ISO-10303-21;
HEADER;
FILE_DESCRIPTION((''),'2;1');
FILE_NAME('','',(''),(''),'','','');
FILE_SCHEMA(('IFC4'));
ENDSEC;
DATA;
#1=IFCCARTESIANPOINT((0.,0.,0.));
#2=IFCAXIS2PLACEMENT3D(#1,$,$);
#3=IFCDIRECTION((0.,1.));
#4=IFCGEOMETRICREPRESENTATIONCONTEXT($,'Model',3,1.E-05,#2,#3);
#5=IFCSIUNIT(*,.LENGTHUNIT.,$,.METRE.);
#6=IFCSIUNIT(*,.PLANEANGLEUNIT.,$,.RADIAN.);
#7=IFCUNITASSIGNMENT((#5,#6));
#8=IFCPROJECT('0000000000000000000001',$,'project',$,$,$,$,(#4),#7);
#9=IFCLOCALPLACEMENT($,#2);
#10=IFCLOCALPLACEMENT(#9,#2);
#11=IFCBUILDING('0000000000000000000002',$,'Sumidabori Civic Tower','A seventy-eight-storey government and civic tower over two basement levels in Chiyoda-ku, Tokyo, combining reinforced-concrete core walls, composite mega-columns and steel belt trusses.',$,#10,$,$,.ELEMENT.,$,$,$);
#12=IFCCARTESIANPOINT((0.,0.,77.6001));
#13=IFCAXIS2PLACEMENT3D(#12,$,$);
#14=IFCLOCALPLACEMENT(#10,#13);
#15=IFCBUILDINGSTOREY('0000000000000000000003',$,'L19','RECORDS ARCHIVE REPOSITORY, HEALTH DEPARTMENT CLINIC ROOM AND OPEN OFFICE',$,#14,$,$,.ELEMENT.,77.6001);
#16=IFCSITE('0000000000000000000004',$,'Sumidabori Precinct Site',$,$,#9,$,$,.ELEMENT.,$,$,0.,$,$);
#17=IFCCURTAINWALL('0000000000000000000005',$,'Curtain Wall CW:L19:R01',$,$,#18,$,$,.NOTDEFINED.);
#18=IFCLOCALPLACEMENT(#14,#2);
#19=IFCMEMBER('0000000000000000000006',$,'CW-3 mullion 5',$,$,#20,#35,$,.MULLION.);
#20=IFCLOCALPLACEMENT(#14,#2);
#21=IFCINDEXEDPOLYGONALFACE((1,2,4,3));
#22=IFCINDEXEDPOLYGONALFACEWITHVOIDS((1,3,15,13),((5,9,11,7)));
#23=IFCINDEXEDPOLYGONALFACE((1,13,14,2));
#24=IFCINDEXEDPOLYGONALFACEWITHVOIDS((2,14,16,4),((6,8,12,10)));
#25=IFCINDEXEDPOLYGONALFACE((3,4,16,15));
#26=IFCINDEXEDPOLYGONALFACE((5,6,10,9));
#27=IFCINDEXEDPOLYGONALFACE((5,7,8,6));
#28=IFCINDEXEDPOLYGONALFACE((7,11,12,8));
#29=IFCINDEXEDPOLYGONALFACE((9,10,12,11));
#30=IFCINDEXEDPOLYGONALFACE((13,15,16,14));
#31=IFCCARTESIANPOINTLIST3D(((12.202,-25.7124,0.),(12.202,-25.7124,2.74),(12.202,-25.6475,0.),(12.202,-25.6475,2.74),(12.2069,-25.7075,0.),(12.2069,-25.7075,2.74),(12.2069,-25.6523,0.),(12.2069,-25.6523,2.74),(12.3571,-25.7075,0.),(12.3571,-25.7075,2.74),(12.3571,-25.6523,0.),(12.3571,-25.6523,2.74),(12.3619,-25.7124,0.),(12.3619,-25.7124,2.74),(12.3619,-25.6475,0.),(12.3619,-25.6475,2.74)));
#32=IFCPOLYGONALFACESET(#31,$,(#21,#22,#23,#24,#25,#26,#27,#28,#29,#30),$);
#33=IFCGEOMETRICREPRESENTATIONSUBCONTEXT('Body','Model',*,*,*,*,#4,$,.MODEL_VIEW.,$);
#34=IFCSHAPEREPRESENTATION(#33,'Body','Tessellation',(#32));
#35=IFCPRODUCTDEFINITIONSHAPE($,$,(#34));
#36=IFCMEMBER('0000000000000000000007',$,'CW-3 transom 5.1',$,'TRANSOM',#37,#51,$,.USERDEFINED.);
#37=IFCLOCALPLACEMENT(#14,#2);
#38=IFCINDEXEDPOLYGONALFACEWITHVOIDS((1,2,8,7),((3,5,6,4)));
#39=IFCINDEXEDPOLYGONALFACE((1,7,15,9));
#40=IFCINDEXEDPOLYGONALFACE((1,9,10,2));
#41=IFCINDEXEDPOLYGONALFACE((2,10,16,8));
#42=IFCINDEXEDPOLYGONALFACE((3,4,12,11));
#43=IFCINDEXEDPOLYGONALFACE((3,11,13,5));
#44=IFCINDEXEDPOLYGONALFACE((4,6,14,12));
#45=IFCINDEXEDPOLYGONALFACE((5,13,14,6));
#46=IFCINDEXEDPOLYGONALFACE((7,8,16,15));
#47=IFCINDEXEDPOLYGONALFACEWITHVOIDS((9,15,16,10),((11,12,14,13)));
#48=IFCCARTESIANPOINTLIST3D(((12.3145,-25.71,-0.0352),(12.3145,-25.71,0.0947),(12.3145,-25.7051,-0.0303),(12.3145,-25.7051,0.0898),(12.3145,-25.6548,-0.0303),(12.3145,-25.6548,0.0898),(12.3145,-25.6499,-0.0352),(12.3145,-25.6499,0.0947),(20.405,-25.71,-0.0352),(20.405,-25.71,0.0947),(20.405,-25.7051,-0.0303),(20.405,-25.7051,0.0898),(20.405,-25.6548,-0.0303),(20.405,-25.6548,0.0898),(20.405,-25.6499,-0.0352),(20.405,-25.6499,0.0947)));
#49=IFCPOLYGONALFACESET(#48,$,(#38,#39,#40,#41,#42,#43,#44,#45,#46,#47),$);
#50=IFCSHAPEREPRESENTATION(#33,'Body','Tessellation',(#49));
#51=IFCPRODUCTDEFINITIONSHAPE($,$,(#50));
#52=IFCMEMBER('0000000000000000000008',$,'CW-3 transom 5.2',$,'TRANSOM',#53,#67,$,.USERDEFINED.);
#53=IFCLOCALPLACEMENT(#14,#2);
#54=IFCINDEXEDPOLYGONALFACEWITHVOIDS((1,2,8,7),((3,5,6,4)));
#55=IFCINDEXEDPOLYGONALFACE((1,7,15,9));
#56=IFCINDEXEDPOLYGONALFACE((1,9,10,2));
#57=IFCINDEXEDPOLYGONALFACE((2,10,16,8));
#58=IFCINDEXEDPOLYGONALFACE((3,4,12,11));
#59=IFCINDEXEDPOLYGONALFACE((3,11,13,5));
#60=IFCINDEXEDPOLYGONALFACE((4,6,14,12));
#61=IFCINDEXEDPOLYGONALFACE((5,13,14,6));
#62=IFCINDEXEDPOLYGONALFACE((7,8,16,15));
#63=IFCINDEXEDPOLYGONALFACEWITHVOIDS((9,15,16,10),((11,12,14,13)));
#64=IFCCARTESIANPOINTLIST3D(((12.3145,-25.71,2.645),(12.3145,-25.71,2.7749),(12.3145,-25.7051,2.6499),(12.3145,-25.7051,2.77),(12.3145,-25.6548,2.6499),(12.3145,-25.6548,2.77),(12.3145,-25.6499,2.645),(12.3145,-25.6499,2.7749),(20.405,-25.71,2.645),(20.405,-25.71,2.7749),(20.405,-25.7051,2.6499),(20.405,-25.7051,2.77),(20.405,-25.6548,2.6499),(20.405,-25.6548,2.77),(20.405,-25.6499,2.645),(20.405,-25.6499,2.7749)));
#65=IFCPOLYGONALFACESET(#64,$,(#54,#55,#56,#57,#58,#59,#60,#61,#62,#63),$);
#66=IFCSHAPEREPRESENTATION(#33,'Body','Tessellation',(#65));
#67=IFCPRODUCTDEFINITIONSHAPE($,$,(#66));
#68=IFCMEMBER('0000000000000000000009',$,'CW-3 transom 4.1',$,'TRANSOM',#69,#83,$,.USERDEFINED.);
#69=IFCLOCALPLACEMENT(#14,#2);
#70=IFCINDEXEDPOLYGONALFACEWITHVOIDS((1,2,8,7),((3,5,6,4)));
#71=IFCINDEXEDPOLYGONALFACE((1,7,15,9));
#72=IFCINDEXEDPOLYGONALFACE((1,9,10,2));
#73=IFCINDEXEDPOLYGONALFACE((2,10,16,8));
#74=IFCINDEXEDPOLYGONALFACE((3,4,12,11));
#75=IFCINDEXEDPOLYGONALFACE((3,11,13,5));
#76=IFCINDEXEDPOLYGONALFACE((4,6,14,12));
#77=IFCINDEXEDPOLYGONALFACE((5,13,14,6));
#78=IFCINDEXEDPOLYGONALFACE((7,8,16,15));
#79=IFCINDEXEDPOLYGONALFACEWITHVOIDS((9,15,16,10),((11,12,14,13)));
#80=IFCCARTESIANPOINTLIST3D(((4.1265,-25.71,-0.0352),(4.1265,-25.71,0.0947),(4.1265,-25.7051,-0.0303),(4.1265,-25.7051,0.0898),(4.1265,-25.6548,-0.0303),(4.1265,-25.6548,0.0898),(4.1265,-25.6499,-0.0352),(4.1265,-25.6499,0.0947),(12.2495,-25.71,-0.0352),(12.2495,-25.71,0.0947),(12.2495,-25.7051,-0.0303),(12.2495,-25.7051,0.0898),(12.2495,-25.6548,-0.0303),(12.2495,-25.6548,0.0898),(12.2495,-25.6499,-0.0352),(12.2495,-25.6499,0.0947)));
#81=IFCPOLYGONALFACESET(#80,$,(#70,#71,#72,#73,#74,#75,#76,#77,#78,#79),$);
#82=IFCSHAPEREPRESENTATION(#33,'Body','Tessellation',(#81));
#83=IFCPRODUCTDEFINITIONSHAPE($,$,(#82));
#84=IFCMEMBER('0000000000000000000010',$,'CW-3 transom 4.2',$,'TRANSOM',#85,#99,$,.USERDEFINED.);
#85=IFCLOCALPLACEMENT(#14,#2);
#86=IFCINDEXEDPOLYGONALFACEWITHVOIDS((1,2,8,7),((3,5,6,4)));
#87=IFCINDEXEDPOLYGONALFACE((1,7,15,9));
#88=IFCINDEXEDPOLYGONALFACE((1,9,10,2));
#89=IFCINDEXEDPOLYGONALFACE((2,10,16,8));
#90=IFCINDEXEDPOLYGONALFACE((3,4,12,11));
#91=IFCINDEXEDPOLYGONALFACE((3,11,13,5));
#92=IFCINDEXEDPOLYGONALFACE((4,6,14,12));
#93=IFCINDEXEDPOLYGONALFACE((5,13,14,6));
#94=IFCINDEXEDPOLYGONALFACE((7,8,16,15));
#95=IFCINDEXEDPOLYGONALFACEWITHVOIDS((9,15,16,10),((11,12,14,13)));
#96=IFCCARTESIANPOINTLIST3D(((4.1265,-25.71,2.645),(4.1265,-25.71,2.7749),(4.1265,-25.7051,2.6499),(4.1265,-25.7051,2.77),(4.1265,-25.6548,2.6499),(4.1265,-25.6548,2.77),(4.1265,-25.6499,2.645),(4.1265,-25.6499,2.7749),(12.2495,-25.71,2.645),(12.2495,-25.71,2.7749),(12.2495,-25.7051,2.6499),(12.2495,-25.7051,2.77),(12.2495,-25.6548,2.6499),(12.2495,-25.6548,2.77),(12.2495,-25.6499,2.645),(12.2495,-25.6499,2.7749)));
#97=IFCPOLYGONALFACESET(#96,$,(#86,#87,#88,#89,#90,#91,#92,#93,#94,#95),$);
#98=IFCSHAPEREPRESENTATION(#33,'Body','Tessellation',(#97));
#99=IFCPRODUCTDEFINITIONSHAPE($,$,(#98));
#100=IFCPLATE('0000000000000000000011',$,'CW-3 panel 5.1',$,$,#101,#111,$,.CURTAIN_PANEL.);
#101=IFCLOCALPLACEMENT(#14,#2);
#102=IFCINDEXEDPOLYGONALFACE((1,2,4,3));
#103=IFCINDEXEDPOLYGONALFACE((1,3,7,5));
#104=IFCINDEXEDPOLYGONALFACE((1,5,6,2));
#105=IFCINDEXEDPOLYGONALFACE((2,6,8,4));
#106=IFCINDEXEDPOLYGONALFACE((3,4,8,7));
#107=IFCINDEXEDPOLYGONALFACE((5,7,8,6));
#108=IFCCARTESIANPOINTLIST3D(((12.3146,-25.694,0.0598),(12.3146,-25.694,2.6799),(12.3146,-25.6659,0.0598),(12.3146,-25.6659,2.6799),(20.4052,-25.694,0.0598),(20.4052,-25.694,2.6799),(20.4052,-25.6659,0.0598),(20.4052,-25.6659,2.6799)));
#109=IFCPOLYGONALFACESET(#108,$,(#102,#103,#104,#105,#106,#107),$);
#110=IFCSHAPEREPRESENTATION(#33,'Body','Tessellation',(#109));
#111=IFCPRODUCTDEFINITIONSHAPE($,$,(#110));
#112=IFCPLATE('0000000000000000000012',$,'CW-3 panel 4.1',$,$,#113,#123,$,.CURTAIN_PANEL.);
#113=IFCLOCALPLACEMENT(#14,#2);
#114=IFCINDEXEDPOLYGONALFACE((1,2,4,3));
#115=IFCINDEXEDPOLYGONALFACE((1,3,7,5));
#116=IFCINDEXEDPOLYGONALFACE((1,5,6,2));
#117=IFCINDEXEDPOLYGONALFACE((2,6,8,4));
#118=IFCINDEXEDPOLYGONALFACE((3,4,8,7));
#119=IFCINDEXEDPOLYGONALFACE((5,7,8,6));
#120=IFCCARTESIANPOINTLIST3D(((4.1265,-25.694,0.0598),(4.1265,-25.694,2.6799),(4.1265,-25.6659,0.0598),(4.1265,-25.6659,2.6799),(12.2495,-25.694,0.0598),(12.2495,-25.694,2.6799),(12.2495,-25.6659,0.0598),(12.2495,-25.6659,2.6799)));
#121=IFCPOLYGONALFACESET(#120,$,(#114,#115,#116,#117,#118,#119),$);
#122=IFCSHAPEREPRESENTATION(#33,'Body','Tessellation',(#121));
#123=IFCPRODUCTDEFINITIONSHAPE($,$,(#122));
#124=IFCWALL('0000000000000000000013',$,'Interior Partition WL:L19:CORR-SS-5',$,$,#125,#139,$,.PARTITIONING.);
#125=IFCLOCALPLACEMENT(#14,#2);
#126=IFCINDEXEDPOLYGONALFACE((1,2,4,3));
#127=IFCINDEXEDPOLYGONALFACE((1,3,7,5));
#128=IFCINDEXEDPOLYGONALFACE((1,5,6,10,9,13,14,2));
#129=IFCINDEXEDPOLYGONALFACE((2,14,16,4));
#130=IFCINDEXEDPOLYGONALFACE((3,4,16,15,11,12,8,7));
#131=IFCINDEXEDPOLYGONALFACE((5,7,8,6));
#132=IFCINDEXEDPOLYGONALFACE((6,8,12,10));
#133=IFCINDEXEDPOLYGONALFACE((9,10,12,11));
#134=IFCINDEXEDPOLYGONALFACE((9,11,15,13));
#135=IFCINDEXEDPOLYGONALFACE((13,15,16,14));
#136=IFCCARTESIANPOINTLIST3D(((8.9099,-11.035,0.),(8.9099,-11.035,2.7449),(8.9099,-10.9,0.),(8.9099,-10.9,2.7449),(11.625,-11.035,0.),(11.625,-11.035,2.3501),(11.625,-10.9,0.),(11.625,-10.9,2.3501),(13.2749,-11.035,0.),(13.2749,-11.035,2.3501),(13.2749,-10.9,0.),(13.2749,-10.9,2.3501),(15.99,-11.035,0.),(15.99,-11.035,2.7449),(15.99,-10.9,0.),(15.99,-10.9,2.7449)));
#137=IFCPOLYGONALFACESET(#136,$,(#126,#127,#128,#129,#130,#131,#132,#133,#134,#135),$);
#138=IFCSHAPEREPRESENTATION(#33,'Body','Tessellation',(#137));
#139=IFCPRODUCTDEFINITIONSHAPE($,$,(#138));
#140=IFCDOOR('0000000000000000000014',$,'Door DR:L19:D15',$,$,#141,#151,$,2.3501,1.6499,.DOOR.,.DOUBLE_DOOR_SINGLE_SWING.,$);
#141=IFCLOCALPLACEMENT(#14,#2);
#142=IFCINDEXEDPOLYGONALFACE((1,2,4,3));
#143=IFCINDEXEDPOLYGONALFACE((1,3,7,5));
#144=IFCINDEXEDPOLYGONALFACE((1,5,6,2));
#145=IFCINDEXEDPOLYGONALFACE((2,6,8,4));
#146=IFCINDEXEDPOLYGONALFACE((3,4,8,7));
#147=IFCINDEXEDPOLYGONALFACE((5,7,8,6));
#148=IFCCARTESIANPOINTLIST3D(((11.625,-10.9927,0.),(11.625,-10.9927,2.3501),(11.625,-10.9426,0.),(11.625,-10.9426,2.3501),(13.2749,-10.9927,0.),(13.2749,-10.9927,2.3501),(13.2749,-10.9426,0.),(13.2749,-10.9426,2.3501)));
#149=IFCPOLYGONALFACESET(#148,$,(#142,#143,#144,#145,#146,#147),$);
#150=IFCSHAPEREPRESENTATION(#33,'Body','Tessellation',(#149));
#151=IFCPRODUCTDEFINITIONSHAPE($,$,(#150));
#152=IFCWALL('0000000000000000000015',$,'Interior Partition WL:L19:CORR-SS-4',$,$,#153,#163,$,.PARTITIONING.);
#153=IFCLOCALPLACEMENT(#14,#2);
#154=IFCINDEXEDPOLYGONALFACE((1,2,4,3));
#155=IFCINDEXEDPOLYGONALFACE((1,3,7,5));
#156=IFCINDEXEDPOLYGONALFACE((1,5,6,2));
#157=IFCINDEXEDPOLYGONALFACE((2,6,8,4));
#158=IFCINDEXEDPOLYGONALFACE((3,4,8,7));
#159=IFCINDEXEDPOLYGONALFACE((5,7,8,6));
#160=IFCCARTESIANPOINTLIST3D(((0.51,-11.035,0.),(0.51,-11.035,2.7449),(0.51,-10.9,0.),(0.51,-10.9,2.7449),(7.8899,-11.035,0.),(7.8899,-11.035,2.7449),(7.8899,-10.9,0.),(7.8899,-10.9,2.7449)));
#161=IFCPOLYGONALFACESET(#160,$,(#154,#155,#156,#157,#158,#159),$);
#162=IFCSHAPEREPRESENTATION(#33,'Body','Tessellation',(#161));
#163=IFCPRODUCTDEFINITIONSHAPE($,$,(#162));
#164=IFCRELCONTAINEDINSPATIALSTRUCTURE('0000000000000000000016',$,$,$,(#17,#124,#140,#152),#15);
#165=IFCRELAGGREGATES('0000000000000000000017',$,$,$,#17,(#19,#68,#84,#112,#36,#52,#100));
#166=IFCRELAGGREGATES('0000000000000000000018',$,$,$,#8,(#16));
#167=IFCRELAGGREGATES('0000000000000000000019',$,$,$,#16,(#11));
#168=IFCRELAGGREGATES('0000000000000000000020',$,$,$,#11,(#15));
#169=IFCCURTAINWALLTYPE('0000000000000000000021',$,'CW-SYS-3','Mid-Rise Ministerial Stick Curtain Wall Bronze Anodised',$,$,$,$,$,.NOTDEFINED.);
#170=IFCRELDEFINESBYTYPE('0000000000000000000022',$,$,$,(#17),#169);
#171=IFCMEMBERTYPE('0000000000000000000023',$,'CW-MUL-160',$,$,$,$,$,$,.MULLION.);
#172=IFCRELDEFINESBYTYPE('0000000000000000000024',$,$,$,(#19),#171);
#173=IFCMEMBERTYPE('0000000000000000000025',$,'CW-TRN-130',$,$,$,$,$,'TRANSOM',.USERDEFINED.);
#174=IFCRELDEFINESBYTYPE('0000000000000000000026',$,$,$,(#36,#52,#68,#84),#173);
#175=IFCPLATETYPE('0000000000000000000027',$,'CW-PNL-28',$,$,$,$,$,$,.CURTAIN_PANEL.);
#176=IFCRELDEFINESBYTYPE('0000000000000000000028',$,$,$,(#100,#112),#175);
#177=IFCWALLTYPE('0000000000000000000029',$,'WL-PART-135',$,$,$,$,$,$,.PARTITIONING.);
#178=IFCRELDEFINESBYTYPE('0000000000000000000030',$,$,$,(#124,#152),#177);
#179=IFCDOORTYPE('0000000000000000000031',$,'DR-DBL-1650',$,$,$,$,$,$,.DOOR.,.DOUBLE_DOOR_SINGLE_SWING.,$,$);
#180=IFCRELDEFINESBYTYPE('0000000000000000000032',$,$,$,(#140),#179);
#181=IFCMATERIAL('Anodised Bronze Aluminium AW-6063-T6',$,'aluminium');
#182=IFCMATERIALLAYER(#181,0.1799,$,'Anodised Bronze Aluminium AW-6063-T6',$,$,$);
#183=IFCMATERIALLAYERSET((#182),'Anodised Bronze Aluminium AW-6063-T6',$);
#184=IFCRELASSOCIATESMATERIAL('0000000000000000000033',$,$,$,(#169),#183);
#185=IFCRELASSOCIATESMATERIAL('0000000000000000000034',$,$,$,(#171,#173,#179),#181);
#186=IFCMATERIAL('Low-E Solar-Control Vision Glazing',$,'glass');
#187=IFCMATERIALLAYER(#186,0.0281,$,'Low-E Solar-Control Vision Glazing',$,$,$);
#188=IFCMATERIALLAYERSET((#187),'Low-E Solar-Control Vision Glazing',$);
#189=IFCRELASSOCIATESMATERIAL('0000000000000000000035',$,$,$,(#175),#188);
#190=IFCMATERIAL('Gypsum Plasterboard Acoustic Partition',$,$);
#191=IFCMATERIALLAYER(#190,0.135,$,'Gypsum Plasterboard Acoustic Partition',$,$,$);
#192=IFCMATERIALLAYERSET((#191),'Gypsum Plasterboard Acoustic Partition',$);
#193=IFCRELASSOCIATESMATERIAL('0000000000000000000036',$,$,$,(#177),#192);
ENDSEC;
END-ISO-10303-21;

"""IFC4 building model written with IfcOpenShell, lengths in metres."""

from ifc_helpers import new_model, si_unit, direction, frame, frame_2d, origin, origin_2d, place, context, subcontext, project, spatial, rectangle, hollow_rectangle, extrude, source, transform, mapped, material, layer, layer_set, material_profile, profile_set, type_object, element, fill, aggregate, save


model = new_model("IFC4")

# Units and contexts
model_context = context("Model", 3, precision=1e-05, world=origin(), true_north=direction((0.0, 1.0)))
body_context = subcontext(model_context, "Body", "Model", "MODEL_VIEW")
ifc_project = project(units=[si_unit("LENGTHUNIT", "METRE"), si_unit("PLANEANGLEUNIT", "RADIAN")], contexts=[model_context])

# Site, building, storey
site_placement = place(None, origin())
site = spatial("IfcSite", under=ifc_project, at=site_placement, Name="Sumidabori Precinct Site", CompositionType="ELEMENT", RefElevation=0.0)
building_placement = place(site_placement, origin())
building = spatial("IfcBuilding", under=site, at=building_placement, Name="Sumidabori Civic Tower", Description="A seventy-eight-storey government and civic tower over two basement levels in Chiyoda-ku, Tokyo, combining reinforced-concrete core walls, composite mega-columns and steel belt trusses.", CompositionType="ELEMENT")
storey_placement = place(building_placement, frame((0.0, 0.0, 77.6001)))
storey = spatial("IfcBuildingStorey", under=building, at=storey_placement, Name="L19", Description="RECORDS ARCHIVE REPOSITORY, HEALTH DEPARTMENT CLINIC ROOM AND OPEN OFFICE", CompositionType="ELEMENT", Elevation=77.6001)

# Curtain wall, members, plates
ifc_material_1 = material(Name="Anodised Bronze Aluminium AW-6063-T6", Category="aluminium")
ifc_layer_1 = layer(ifc_material_1, 0.1799, Name="Anodised Bronze Aluminium AW-6063-T6")
ifc_layer_set_1 = layer_set([ifc_layer_1], Name="Anodised Bronze Aluminium AW-6063-T6")
curtain_wall_type = type_object("IfcCurtainWallType", Name="CW-SYS-3", Description="Mid-Rise Ministerial Stick Curtain Wall Bronze Anodised", PredefinedType="NOTDEFINED", material=ifc_layer_set_1)
curtain_wall_placement = place(storey_placement, origin())
curtain_wall = element("IfcCurtainWall", 1, at=curtain_wall_placement, inside=storey, type_object=curtain_wall_type, Name="Curtain Wall CW:L19:R01", PredefinedType="NOTDEFINED")
ifc_material_profile_1 = material_profile(ifc_material_1, hollow_rectangle(XDim=0.0649, YDim=0.1599, WallThickness=0.0049, at=origin_2d()), Name="ALU MULLION 160x65")
ifc_profile_set_1 = profile_set([ifc_material_profile_1], Name="Anodised Bronze Aluminium AW-6063-T6")
member_type_1 = type_object("IfcMemberType", Name="CW-MUL-160", PredefinedType="MULLION", material=ifc_profile_set_1)
shared_shape_1 = source(origin(), body_context, "Body", "SweptSolid", [
    extrude(hollow_rectangle(XDim=0.0649, YDim=0.1599, WallThickness=0.0049, at=origin_2d()), origin(), (0.0, 0.0, 1.0), 2.74),
])
member_1_placement = place(storey_placement, frame((12.282, -25.6799, 0.0), z_axis=(0.0, 0.0, 1.0), x_axis=(0.0, 1.0, 0.0)))
member_1 = element("IfcMember", 2, at=member_1_placement, type_object=member_type_1, Name="CW-3 mullion 5", PredefinedType="MULLION", context=body_context, shape_type="MappedRepresentation", body=[
    mapped(shared_shape_1, transform((0.0, 0.0, 0.0), x_axis=(1.0, 0.0, 0.0), y_axis=(0.0, 1.0, 0.0), z_axis=(0.0, 0.0, 1.0), scale=1.0)),
])
ifc_material_profile_2 = material_profile(ifc_material_1, hollow_rectangle(XDim=0.0601, YDim=0.1299, WallThickness=0.0049, at=origin_2d()), Name="ALU TRANSOM 130x60")
ifc_profile_set_2 = profile_set([ifc_material_profile_2], Name="Anodised Bronze Aluminium AW-6063-T6")
member_type_2 = type_object("IfcMemberType", Name="CW-TRN-130", ElementType="TRANSOM", PredefinedType="USERDEFINED", material=ifc_profile_set_2)
shared_shape_2 = source(origin(), body_context, "Body", "SweptSolid", [
    extrude(hollow_rectangle(XDim=0.0601, YDim=0.1299, WallThickness=0.0049, at=origin_2d()), origin(), (0.0, 0.0, 1.0), 8.0906),
])
member_2_placement = place(storey_placement, frame((12.3145, -25.6799, 0.0298), z_axis=(1.0, 0.0, 0.0), x_axis=(0.0, 1.0, 0.0)))
member_2 = element("IfcMember", 3, at=member_2_placement, type_object=member_type_2, Name="CW-3 transom 5.1", ObjectType="TRANSOM", PredefinedType="USERDEFINED", context=body_context, shape_type="MappedRepresentation", body=[
    mapped(shared_shape_2, transform((0.0, 0.0, 0.0), x_axis=(1.0, 0.0, 0.0), y_axis=(0.0, 1.0, 0.0), z_axis=(0.0, 0.0, 1.0), scale=1.0)),
])
member_3_placement = place(storey_placement, frame((12.3145, -25.6799, 2.71), z_axis=(1.0, 0.0, 0.0), x_axis=(0.0, 1.0, 0.0)))
member_3 = element("IfcMember", 4, at=member_3_placement, type_object=member_type_2, Name="CW-3 transom 5.2", ObjectType="TRANSOM", PredefinedType="USERDEFINED", context=body_context, shape_type="MappedRepresentation", body=[
    mapped(shared_shape_2, transform((0.0, 0.0, 0.0), x_axis=(1.0, 0.0, 0.0), y_axis=(0.0, 1.0, 0.0), z_axis=(0.0, 0.0, 1.0), scale=1.0)),
])
shared_shape_3 = source(origin(), body_context, "Body", "SweptSolid", [
    extrude(hollow_rectangle(XDim=0.0601, YDim=0.1299, WallThickness=0.0049, at=origin_2d()), origin(), (0.0, 0.0, 1.0), 8.123),
])
member_4_placement = place(storey_placement, frame((4.1265, -25.6799, 0.0298), z_axis=(1.0, 0.0, 0.0), x_axis=(0.0, 1.0, 0.0)))
member_4 = element("IfcMember", 5, at=member_4_placement, type_object=member_type_2, Name="CW-3 transom 4.1", ObjectType="TRANSOM", PredefinedType="USERDEFINED", context=body_context, shape_type="MappedRepresentation", body=[
    mapped(shared_shape_3, transform((0.0, 0.0, 0.0), x_axis=(1.0, 0.0, 0.0), y_axis=(0.0, 1.0, 0.0), z_axis=(0.0, 0.0, 1.0), scale=1.0)),
])
member_5_placement = place(storey_placement, frame((4.1265, -25.6799, 2.71), z_axis=(1.0, 0.0, 0.0), x_axis=(0.0, 1.0, 0.0)))
member_5 = element("IfcMember", 6, at=member_5_placement, type_object=member_type_2, Name="CW-3 transom 4.2", ObjectType="TRANSOM", PredefinedType="USERDEFINED", context=body_context, shape_type="MappedRepresentation", body=[
    mapped(shared_shape_3, transform((0.0, 0.0, 0.0), x_axis=(1.0, 0.0, 0.0), y_axis=(0.0, 1.0, 0.0), z_axis=(0.0, 0.0, 1.0), scale=1.0)),
])
ifc_material_2 = material(Name="Low-E Solar-Control Vision Glazing", Category="glass")
ifc_layer_2 = layer(ifc_material_2, 0.0281, Name="Low-E Solar-Control Vision Glazing")
ifc_layer_set_2 = layer_set([ifc_layer_2], Name="Low-E Solar-Control Vision Glazing")
plate_type = type_object("IfcPlateType", Name="CW-PNL-28", PredefinedType="CURTAIN_PANEL", material=ifc_layer_set_2)
shared_shape_4 = source(origin(), body_context, "Body", "SweptSolid", [
    extrude(rectangle(XDim=8.0906, YDim=0.0281, at=origin_2d()), origin(), (0.0, 0.0, 1.0), 2.6201),
])
plate_1_placement = place(storey_placement, frame((16.3599, -25.6799, 0.0598), z_axis=(0.0, 0.0, 1.0), x_axis=(1.0, 0.0, 0.0)))
plate_1 = element("IfcPlate", 7, at=plate_1_placement, type_object=plate_type, Name="CW-3 panel 5.1", PredefinedType="CURTAIN_PANEL", context=body_context, shape_type="MappedRepresentation", body=[
    mapped(shared_shape_4, transform((0.0, 0.0, 0.0), x_axis=(1.0, 0.0, 0.0), y_axis=(0.0, 1.0, 0.0), z_axis=(0.0, 0.0, 1.0), scale=1.0)),
])
shared_shape_5 = source(origin(), body_context, "Body", "SweptSolid", [
    extrude(rectangle(XDim=8.123, YDim=0.0281, at=origin_2d()), origin(), (0.0, 0.0, 1.0), 2.6201),
])
plate_2_placement = place(storey_placement, frame((8.188, -25.6799, 0.0598), z_axis=(0.0, 0.0, 1.0), x_axis=(1.0, 0.0, 0.0)))
plate_2 = element("IfcPlate", 8, at=plate_2_placement, type_object=plate_type, Name="CW-3 panel 4.1", PredefinedType="CURTAIN_PANEL", context=body_context, shape_type="MappedRepresentation", body=[
    mapped(shared_shape_5, transform((0.0, 0.0, 0.0), x_axis=(1.0, 0.0, 0.0), y_axis=(0.0, 1.0, 0.0), z_axis=(0.0, 0.0, 1.0), scale=1.0)),
])
aggregate(curtain_wall, [member_1, member_4, member_5, plate_2, member_2, member_3, plate_1])

# Wall, opening, door
ifc_material_3 = material(Name="Gypsum Plasterboard Acoustic Partition")
ifc_layer_3 = layer(ifc_material_3, 0.135, Name="Gypsum Plasterboard Acoustic Partition")
ifc_layer_set_3 = layer_set([ifc_layer_3], Name="Gypsum Plasterboard Acoustic Partition")
wall_type = type_object("IfcWallType", Name="WL-PART-135", PredefinedType="PARTITIONING", material=ifc_layer_set_3)
shared_shape_6 = source(origin(), body_context, "Body", "SweptSolid", [
    extrude(rectangle(XDim=7.0801, YDim=0.135, at=frame_2d((3.54, 0.0))), origin(), (0.0, 0.0, 1.0), 2.7449),
])
wall_1_placement = place(storey_placement, frame((8.9099, -10.9675, 0.0), z_axis=(0.0, 0.0, 1.0), x_axis=(1.0, 0.0, 0.0)))
wall_1 = element("IfcWall", 9, at=wall_1_placement, inside=storey, type_object=wall_type, Name="Interior Partition WL:L19:CORR-SS-5", PredefinedType="PARTITIONING", context=body_context, shape_type="MappedRepresentation", body=[
    mapped(shared_shape_6, transform((0.0, 0.0, 0.0), x_axis=(1.0, 0.0, 0.0), y_axis=(0.0, 1.0, 0.0), z_axis=(0.0, 0.0, 1.0), scale=1.0)),
])
opening_placement = place(wall_1_placement, frame((2.7151, 0.0, 0.0)))
opening = element("IfcOpeningElement", 10, at=opening_placement, cuts=wall_1, PredefinedType="OPENING", context=body_context, shape_type="SweptSolid", body=[
    extrude(rectangle(XDim=1.6499, YDim=2.3501, at=frame_2d((0.825, 1.175))), frame((0.0, 0.0796, 0.0), z_axis=(0.0, -1.0, 0.0), x_axis=(1.0, 0.0, 0.0)), (0.0, 0.0, 1.0), 0.1589),
])
door_type = type_object("IfcDoorType", Name="DR-DBL-1650", OperationType="DOUBLE_DOOR_SINGLE_SWING", PredefinedType="DOOR", material=ifc_material_1)
shared_shape_7 = source(origin(), body_context, "Body", "SweptSolid", [
    extrude(rectangle(XDim=1.6499, YDim=2.3501, at=frame_2d((0.825, 1.175))), frame((0.0, 0.0249, 0.0), z_axis=(0.0, -1.0, 0.0), x_axis=(1.0, 0.0, 0.0)), (0.0, 0.0, 1.0), 0.05),
])
door_placement = place(opening_placement, origin())
door = element("IfcDoor", 11, at=door_placement, inside=storey, type_object=door_type, Name="Door DR:L19:D15", OperationType="DOUBLE_DOOR_SINGLE_SWING", OverallHeight=2.3501, OverallWidth=1.6499, PredefinedType="DOOR", context=body_context, shape_type="MappedRepresentation", body=[
    mapped(shared_shape_7, transform((0.0, 0.0, 0.0), x_axis=(1.0, 0.0, 0.0), y_axis=(0.0, 1.0, 0.0), z_axis=(0.0, 0.0, 1.0), scale=1.0)),
])
fill(opening, door)

# Wall
shared_shape_8 = source(origin(), body_context, "Body", "SweptSolid", [
    extrude(rectangle(XDim=7.3799, YDim=0.135, at=frame_2d((3.6899, 0.0))), origin(), (0.0, 0.0, 1.0), 2.7449),
])
wall_2_placement = place(storey_placement, frame((0.51, -10.9675, 0.0), z_axis=(0.0, 0.0, 1.0), x_axis=(1.0, 0.0, 0.0)))
element("IfcWall", 12, at=wall_2_placement, inside=storey, type_object=wall_type, Name="Interior Partition WL:L19:CORR-SS-4", PredefinedType="PARTITIONING", context=body_context, shape_type="MappedRepresentation", body=[
    mapped(shared_shape_8, transform((0.0, 0.0, 0.0), x_axis=(1.0, 0.0, 0.0), y_axis=(0.0, 1.0, 0.0), z_axis=(0.0, 0.0, 1.0), scale=1.0)),
])

save(model, "model.ifc")
